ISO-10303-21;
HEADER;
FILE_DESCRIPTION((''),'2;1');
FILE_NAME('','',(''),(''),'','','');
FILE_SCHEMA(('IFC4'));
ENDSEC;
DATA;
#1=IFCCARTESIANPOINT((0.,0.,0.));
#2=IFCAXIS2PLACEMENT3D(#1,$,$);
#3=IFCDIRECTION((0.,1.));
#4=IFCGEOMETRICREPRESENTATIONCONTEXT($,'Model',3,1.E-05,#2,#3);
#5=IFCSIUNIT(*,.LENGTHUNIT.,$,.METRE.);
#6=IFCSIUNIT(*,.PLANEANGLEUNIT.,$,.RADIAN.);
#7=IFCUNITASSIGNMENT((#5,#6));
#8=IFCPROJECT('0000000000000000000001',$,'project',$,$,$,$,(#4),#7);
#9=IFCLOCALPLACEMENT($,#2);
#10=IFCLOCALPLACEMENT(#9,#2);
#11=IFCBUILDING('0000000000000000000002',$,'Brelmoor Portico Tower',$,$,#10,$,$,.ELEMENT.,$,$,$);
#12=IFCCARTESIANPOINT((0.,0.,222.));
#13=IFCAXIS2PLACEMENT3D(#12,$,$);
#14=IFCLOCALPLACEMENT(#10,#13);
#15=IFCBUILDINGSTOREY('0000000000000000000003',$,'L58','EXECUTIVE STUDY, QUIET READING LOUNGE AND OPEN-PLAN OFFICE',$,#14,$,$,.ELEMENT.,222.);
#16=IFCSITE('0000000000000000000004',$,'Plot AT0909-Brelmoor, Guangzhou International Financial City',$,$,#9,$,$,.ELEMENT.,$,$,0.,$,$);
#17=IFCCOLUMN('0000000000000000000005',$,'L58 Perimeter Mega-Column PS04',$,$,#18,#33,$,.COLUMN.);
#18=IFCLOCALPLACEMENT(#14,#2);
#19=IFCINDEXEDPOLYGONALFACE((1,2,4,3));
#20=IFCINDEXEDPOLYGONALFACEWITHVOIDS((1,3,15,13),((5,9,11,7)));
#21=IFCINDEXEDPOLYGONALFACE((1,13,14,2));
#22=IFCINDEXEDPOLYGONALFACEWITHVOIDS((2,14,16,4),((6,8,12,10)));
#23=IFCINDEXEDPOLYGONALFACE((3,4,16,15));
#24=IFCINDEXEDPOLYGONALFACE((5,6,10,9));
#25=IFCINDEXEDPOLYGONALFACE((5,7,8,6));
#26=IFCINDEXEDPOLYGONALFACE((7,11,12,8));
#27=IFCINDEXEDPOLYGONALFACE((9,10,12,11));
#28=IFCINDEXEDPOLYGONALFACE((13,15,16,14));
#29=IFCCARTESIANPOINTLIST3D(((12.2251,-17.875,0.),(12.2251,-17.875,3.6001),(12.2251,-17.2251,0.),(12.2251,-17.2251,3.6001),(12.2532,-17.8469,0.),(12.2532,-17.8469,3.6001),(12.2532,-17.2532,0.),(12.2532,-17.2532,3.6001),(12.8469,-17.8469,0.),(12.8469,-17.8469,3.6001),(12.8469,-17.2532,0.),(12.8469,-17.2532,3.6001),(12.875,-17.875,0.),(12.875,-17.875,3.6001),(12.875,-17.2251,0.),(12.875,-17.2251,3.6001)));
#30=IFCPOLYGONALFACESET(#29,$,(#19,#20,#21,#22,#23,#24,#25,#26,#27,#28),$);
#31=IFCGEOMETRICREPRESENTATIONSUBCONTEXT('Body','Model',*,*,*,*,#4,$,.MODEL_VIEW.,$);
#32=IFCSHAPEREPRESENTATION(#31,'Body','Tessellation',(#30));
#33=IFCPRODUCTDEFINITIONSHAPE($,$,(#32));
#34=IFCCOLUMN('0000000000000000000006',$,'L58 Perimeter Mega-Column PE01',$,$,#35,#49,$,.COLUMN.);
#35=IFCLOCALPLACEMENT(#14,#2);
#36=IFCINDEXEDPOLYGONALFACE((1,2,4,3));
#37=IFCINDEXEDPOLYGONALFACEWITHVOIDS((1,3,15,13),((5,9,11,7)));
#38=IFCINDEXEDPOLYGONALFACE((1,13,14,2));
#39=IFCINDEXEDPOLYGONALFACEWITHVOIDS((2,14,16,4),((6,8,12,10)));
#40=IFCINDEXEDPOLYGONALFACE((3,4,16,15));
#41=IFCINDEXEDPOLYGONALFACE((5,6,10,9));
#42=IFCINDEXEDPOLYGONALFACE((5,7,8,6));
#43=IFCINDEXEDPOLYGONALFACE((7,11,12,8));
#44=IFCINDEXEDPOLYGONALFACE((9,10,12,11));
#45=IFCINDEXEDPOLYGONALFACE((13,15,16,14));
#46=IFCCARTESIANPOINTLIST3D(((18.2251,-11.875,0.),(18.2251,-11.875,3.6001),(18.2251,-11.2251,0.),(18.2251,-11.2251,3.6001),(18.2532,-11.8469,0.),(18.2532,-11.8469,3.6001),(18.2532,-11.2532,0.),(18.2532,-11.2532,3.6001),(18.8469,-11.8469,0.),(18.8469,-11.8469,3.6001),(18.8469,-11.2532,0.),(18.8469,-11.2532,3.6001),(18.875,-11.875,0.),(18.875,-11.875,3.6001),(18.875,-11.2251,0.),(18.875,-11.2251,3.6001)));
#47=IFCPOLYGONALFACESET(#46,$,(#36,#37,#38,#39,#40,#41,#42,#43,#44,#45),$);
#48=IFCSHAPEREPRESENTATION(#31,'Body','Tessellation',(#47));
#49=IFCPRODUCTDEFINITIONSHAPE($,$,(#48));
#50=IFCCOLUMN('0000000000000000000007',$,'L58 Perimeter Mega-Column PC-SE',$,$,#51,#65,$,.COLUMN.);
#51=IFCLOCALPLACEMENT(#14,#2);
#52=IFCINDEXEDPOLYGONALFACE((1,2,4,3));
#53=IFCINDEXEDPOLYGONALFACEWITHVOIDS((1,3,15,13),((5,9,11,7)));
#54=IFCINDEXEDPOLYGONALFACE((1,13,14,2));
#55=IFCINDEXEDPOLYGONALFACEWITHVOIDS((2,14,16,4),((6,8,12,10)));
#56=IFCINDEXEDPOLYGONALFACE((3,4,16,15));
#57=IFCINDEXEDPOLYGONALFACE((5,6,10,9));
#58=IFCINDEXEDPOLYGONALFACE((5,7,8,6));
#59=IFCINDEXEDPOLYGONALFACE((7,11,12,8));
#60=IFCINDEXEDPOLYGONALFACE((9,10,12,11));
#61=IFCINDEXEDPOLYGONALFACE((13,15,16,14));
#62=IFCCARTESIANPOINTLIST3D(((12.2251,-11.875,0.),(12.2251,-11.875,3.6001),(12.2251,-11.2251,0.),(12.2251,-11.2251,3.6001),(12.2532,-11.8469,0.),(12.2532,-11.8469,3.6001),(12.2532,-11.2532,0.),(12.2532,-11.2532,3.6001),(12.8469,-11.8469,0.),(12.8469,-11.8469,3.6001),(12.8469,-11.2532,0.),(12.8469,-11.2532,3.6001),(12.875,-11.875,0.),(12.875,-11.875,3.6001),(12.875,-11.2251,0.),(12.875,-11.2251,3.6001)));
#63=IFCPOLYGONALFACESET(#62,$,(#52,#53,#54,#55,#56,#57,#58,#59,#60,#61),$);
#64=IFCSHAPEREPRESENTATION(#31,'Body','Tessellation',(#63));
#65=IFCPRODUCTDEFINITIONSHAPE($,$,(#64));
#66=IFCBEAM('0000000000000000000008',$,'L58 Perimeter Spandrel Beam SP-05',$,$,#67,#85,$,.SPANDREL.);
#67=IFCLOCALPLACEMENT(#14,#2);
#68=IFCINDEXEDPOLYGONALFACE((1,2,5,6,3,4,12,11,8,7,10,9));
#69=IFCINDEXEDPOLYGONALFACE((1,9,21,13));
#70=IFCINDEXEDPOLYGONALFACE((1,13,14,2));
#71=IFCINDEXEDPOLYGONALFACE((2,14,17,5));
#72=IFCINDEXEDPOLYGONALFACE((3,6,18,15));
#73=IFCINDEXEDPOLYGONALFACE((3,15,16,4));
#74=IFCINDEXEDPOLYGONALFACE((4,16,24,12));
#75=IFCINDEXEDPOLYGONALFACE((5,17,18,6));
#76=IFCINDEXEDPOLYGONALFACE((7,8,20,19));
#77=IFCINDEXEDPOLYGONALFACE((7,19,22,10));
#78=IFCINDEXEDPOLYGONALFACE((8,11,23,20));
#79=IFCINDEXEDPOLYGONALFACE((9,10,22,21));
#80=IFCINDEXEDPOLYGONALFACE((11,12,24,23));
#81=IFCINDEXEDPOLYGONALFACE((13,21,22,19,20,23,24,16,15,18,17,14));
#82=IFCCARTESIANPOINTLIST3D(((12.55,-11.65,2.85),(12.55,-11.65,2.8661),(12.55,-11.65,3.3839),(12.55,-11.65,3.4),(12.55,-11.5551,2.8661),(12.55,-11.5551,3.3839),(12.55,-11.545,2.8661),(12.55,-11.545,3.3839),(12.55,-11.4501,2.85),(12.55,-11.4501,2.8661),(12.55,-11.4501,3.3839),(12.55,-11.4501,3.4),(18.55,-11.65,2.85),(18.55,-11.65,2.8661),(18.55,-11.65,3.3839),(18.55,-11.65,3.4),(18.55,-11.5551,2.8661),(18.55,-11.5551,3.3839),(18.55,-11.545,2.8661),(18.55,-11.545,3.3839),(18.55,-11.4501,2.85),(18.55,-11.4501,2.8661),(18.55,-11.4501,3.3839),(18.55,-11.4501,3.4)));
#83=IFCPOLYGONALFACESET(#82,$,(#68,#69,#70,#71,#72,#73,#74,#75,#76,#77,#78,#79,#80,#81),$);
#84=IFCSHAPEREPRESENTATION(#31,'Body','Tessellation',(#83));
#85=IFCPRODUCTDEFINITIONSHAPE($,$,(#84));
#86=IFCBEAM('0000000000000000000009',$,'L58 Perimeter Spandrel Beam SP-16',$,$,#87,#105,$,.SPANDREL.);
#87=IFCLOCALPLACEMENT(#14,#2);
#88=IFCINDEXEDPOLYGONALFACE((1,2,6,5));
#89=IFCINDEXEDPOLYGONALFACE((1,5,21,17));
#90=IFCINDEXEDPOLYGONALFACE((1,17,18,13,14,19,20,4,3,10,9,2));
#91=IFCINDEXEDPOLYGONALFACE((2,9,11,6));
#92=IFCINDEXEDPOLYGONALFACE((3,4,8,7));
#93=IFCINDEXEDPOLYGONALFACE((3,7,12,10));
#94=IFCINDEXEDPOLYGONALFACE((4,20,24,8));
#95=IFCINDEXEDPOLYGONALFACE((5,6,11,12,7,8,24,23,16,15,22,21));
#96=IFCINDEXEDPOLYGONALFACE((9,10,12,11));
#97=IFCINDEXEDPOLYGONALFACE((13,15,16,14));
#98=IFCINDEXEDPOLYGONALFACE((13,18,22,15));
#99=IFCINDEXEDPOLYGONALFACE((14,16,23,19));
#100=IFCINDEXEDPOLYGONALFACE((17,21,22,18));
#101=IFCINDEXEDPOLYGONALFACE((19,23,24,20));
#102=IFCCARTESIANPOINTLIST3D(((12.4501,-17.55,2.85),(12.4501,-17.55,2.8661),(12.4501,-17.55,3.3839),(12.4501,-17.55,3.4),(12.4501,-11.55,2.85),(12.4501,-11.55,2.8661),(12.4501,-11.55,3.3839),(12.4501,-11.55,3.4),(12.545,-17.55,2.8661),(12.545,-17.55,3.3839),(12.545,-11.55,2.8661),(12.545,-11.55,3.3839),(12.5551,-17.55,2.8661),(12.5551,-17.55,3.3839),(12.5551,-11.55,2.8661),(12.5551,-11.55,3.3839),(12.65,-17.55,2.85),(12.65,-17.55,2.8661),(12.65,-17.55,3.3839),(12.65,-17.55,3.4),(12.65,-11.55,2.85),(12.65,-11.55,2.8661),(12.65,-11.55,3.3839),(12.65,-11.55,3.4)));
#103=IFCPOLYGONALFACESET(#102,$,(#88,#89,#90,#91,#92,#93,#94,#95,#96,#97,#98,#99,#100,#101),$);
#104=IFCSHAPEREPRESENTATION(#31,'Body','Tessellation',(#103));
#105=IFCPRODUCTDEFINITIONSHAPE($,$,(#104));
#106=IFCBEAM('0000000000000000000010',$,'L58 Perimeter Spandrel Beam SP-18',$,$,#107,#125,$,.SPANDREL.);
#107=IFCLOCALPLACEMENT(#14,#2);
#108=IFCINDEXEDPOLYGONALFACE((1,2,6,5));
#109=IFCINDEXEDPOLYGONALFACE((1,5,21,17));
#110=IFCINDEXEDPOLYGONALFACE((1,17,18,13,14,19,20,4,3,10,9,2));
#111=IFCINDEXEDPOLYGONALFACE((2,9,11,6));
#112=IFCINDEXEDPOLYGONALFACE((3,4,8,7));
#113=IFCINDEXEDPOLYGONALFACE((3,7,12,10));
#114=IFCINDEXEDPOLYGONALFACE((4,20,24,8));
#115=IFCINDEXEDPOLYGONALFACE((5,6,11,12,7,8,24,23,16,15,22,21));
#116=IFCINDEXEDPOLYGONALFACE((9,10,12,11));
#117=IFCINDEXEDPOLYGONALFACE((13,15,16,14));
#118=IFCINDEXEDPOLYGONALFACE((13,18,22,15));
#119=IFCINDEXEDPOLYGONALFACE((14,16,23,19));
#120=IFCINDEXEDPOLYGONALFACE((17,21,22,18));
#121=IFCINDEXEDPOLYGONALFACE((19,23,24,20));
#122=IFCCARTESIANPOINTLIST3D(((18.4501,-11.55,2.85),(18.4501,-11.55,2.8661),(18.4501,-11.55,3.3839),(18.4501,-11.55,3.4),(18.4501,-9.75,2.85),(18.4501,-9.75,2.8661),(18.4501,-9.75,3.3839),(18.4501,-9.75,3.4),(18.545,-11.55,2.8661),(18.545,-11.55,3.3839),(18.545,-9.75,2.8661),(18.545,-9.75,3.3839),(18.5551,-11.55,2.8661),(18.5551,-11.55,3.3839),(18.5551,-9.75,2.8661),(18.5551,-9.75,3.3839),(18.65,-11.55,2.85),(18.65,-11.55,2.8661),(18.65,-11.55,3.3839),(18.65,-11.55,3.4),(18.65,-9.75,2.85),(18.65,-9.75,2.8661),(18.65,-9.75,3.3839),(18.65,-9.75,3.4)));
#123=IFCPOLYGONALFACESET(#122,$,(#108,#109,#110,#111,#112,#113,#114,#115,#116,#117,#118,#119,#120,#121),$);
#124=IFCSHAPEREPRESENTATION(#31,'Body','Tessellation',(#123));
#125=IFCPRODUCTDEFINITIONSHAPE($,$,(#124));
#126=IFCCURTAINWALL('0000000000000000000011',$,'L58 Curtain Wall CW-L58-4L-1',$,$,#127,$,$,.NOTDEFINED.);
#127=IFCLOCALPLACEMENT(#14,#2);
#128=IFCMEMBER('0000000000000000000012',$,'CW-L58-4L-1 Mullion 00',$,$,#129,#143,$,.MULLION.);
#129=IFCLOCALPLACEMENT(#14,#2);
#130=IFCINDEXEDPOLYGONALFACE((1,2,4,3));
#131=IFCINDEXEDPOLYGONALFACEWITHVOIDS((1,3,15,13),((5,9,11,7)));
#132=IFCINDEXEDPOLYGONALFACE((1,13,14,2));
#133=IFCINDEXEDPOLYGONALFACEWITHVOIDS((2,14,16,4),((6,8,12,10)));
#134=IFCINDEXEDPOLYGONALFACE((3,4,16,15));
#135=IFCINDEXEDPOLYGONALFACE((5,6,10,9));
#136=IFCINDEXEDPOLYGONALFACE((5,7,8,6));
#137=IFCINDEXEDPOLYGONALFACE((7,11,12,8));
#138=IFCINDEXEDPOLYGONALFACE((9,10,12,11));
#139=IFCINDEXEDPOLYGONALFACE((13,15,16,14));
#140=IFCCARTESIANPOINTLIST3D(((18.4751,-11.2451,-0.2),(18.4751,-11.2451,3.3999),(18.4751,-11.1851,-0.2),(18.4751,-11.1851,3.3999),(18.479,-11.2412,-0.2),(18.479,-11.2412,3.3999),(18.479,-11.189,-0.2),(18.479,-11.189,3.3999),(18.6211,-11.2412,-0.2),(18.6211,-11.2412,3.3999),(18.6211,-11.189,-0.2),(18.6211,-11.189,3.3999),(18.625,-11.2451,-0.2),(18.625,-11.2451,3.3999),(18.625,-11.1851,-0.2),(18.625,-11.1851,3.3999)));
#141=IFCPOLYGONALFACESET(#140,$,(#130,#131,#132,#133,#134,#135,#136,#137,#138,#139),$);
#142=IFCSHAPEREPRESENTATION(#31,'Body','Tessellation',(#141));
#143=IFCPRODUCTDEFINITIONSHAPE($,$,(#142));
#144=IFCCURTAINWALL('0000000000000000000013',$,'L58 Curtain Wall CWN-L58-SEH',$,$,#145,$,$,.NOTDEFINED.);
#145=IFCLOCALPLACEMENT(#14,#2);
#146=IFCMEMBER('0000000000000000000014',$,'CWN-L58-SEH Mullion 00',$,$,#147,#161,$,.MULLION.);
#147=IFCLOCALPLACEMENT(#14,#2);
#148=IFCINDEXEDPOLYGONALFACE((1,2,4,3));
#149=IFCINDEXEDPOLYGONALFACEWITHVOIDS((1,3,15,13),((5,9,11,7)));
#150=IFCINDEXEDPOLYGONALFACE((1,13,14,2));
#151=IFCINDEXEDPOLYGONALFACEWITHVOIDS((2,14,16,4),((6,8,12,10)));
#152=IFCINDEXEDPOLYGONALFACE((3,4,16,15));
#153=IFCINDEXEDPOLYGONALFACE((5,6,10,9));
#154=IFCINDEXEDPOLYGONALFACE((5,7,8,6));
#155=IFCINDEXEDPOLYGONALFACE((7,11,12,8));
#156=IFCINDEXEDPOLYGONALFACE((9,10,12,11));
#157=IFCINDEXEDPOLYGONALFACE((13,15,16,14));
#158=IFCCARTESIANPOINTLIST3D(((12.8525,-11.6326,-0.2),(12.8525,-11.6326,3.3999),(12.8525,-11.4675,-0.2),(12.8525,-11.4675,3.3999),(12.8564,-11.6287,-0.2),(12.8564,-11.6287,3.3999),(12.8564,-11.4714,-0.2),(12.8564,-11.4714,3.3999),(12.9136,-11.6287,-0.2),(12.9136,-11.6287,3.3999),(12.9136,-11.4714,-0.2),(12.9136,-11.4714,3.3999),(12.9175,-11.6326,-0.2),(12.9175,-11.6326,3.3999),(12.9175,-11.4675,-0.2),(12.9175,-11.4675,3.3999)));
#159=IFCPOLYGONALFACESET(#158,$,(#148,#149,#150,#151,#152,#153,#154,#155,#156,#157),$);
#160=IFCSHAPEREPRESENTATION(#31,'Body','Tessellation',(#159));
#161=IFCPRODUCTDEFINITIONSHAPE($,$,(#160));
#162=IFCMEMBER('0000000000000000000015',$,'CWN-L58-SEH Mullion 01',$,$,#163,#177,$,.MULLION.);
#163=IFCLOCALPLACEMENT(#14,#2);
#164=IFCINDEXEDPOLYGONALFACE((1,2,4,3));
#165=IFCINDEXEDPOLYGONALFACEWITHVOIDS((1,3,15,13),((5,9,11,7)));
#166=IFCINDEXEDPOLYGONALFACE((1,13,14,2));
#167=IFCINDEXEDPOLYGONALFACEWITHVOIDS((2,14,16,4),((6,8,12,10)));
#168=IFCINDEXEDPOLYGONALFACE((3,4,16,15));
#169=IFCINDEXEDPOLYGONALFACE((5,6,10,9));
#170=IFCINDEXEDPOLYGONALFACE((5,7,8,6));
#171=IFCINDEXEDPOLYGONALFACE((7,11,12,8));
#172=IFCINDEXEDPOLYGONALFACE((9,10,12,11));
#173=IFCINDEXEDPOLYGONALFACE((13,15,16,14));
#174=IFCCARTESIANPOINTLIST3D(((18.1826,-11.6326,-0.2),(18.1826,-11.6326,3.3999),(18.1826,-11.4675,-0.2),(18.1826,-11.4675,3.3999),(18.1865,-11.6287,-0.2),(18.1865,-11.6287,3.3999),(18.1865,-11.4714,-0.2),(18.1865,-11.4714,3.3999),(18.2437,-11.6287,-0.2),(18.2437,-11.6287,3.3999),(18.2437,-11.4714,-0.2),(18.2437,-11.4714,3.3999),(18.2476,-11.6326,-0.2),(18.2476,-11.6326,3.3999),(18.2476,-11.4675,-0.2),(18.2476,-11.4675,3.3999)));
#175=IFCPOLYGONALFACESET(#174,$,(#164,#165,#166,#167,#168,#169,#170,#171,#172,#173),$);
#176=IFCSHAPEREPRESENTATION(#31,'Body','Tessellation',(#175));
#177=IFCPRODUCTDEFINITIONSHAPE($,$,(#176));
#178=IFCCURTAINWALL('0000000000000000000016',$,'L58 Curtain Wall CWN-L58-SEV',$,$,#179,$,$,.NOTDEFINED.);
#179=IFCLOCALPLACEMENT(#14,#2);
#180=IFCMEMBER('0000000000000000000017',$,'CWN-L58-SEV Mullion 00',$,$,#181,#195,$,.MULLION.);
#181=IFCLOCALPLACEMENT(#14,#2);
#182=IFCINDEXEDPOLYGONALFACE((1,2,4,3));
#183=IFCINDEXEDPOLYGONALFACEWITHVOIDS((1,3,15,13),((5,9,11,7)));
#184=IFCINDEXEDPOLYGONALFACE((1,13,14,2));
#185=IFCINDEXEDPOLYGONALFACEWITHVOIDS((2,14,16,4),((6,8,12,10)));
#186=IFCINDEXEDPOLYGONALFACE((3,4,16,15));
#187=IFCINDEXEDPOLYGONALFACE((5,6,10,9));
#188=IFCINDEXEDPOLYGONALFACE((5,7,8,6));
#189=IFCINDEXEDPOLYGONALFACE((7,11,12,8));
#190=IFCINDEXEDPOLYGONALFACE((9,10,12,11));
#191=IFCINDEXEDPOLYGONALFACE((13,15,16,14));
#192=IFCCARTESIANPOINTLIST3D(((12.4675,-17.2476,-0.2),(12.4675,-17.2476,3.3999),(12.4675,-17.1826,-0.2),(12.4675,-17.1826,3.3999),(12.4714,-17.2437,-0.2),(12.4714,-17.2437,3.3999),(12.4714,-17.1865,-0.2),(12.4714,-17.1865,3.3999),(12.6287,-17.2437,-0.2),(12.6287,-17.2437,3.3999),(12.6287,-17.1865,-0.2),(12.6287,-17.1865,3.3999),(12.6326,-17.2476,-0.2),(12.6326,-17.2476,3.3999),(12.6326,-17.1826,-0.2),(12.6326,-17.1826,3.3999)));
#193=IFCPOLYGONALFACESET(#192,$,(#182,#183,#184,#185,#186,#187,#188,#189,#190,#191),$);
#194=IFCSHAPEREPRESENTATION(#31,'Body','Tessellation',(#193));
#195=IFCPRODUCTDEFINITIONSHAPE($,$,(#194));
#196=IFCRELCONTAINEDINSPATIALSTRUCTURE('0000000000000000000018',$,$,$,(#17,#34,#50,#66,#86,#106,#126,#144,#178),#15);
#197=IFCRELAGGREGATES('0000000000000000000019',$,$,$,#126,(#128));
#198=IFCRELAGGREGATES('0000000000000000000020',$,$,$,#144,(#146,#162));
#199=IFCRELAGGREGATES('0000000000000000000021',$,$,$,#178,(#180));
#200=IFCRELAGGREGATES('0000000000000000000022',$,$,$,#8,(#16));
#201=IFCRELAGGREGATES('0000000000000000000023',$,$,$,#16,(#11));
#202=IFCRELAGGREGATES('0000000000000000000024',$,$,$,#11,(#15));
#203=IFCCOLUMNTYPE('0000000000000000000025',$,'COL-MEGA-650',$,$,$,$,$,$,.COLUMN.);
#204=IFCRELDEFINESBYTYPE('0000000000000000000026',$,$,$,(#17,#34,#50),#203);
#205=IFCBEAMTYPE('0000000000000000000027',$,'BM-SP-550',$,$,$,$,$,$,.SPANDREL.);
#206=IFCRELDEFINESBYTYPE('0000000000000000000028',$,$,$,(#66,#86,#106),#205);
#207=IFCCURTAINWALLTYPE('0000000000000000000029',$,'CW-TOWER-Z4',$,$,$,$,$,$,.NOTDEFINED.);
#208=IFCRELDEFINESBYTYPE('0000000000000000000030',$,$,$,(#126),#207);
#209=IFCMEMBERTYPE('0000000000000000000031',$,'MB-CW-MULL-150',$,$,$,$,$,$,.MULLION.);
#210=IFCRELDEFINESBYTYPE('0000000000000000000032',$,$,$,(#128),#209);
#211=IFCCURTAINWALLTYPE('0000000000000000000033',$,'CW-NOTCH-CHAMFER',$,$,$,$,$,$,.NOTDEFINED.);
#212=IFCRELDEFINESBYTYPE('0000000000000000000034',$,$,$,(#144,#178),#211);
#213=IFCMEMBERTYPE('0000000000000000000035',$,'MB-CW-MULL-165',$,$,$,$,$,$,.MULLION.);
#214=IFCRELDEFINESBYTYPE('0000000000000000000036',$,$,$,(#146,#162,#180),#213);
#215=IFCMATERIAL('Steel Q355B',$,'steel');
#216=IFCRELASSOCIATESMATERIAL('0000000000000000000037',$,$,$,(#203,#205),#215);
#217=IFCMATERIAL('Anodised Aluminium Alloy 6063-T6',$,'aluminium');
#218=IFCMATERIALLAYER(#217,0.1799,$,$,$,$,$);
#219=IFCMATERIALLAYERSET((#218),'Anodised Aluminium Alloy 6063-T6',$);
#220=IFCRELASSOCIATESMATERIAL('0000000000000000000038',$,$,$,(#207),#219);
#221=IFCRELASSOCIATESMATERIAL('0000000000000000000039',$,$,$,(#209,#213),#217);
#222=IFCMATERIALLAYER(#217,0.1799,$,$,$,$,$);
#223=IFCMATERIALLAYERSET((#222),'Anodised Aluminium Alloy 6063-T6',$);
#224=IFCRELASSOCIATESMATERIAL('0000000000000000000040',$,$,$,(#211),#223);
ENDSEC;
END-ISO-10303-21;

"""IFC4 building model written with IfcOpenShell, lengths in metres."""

from ifc_helpers import new_model, si_unit, direction, frame, origin, origin_2d, place, context, subcontext, project, spatial, hollow_rectangle, i_section, extrude, material, layer, layer_set, material_profile, profile_set, type_object, element, aggregate, save


model = new_model("IFC4")

# Units and contexts
model_context = context("Model", 3, precision=1e-05, world=origin(), true_north=direction((0.0, 1.0)))
body_context = subcontext(model_context, "Body", "Model", "MODEL_VIEW")
ifc_project = project(units=[si_unit("LENGTHUNIT", "METRE"), si_unit("PLANEANGLEUNIT", "RADIAN")], contexts=[model_context])

# Site, building, storey
site_placement = place(None, origin())
site = spatial("IfcSite", under=ifc_project, at=site_placement, Name="Plot AT0909-Brelmoor, Guangzhou International Financial City", CompositionType="ELEMENT", RefElevation=0.0)
building_placement = place(site_placement, origin())
building = spatial("IfcBuilding", under=site, at=building_placement, Name="Brelmoor Portico Tower", CompositionType="ELEMENT")
storey_placement = place(building_placement, frame((0.0, 0.0, 222.0)))
storey = spatial("IfcBuildingStorey", under=building, at=storey_placement, Name="L58", Description="EXECUTIVE STUDY, QUIET READING LOUNGE AND OPEN-PLAN OFFICE", CompositionType="ELEMENT", Elevation=222.0)

# Columns
ifc_material_1 = material(Name="Steel Q355B", Category="steel")
ifc_material_profile_1 = material_profile(ifc_material_1, hollow_rectangle(XDim=0.6499, YDim=0.6499, WallThickness=0.0281, at=origin_2d()), Name="BOX 650x650x28")
ifc_profile_set_1 = profile_set([ifc_material_profile_1], Name="Steel Q355B")
column_type = type_object("IfcColumnType", Name="COL-MEGA-650", PredefinedType="COLUMN", material=ifc_profile_set_1)
for number, where, z_axis, x_axis, name in (
    (1, (12.55, -17.55, 0.0), (0.0, 0.0, 1.0), (1.0, 0.0, 0.0), "L58 Perimeter Mega-Column PS04"),
    (2, (18.55, -11.55, 0.0), (0.0, 0.0, 1.0), (0.0, 1.0, 0.0), "L58 Perimeter Mega-Column PE01"),
    (3, (12.55, -11.55, 0.0), (0.0, 0.0, 1.0), (1.0, 0.0, 0.0), "L58 Perimeter Mega-Column PC-SE"),
):
    element("IfcColumn", number, at=place(storey_placement, frame(where, z_axis=z_axis, x_axis=x_axis)), inside=storey, type_object=column_type, Name=name, PredefinedType="COLUMN", context=body_context, shape_type="SweptSolid", body=[
        extrude(hollow_rectangle(XDim=0.6499, YDim=0.6499, WallThickness=0.0281, at=origin_2d()), origin(), (0.0, 0.0, 1.0), 3.6001),
    ])

# Beams
ifc_material_profile_2 = material_profile(ifc_material_1, i_section(OverallWidth=0.2, OverallDepth=0.55, WebThickness=0.01, FlangeThickness=0.0161, at=origin_2d()), Name="HN 550x200x10x16")
ifc_profile_set_2 = profile_set([ifc_material_profile_2], Name="Steel Q355B")
beam_type = type_object("IfcBeamType", Name="BM-SP-550", PredefinedType="SPANDREL", material=ifc_profile_set_2)
for number, where, z_axis, x_axis, name in (
    (4, (12.55, -11.55, 3.125), (1.0, 0.0, 0.0), (0.0, 1.0, 0.0), "L58 Perimeter Spandrel Beam SP-05"),
    (5, (12.55, -17.55, 3.125), (0.0, 1.0, 0.0), (-1.0, 0.0, 0.0), "L58 Perimeter Spandrel Beam SP-16"),
):
    element("IfcBeam", number, at=place(storey_placement, frame(where, z_axis=z_axis, x_axis=x_axis)), inside=storey, type_object=beam_type, Name=name, PredefinedType="SPANDREL", context=body_context, shape_type="SweptSolid", body=[
        extrude(i_section(OverallWidth=0.2, OverallDepth=0.55, WebThickness=0.01, FlangeThickness=0.0161, at=origin_2d()), origin(), (0.0, 0.0, 1.0), 6.0),
    ])
beam_placement = place(storey_placement, frame((18.55, -11.55, 3.125), z_axis=(0.0, 1.0, 0.0), x_axis=(-1.0, 0.0, 0.0)))
element("IfcBeam", 6, at=beam_placement, inside=storey, type_object=beam_type, Name="L58 Perimeter Spandrel Beam SP-18", PredefinedType="SPANDREL", context=body_context, shape_type="SweptSolid", body=[
    extrude(i_section(OverallWidth=0.2, OverallDepth=0.55, WebThickness=0.01, FlangeThickness=0.0161, at=origin_2d()), origin(), (0.0, 0.0, 1.0), 1.8),
])

# Curtain wall, member
ifc_material_2 = material(Name="Anodised Aluminium Alloy 6063-T6", Category="aluminium")
ifc_layer_1 = layer(ifc_material_2, 0.1799)
ifc_layer_set_1 = layer_set([ifc_layer_1], Name="Anodised Aluminium Alloy 6063-T6")
curtain_wall_type_1 = type_object("IfcCurtainWallType", Name="CW-TOWER-Z4", PredefinedType="NOTDEFINED", material=ifc_layer_set_1)
curtain_wall_1_placement = place(storey_placement, origin())
curtain_wall_1 = element("IfcCurtainWall", 7, at=curtain_wall_1_placement, inside=storey, type_object=curtain_wall_type_1, Name="L58 Curtain Wall CW-L58-4L-1", PredefinedType="NOTDEFINED")
ifc_material_profile_3 = material_profile(ifc_material_2, hollow_rectangle(XDim=0.0601, YDim=0.1499, WallThickness=0.0039, at=origin_2d()), Name="ALU MULLION 60x150")
ifc_profile_set_3 = profile_set([ifc_material_profile_3], Name="Anodised Aluminium Alloy 6063-T6")
member_type_1 = type_object("IfcMemberType", Name="MB-CW-MULL-150", PredefinedType="MULLION", material=ifc_profile_set_3)
member_1_placement = place(storey_placement, frame((18.55, -11.2151, -0.2), z_axis=(0.0, 0.0, 1.0), x_axis=(0.0, 1.0, 0.0)))
member_1 = element("IfcMember", 8, at=member_1_placement, type_object=member_type_1, Name="CW-L58-4L-1 Mullion 00", PredefinedType="MULLION", context=body_context, shape_type="SweptSolid", body=[
    extrude(hollow_rectangle(XDim=0.0601, YDim=0.1499, WallThickness=0.0039, at=origin_2d()), origin(), (0.0, 0.0, 1.0), 3.5999),
])

# Curtain walls, members
ifc_layer_2 = layer(ifc_material_2, 0.1799)
ifc_layer_set_2 = layer_set([ifc_layer_2], Name="Anodised Aluminium Alloy 6063-T6")
curtain_wall_type_2 = type_object("IfcCurtainWallType", Name="CW-NOTCH-CHAMFER", PredefinedType="NOTDEFINED", material=ifc_layer_set_2)
curtain_wall_2_placement = place(storey_placement, origin())
curtain_wall_2 = element("IfcCurtainWall", 9, at=curtain_wall_2_placement, inside=storey, type_object=curtain_wall_type_2, Name="L58 Curtain Wall CWN-L58-SEH", PredefinedType="NOTDEFINED")
ifc_material_profile_4 = material_profile(ifc_material_2, hollow_rectangle(XDim=0.0649, YDim=0.165, WallThickness=0.0039, at=origin_2d()), Name="ALU MULLION 65x165")
ifc_profile_set_4 = profile_set([ifc_material_profile_4], Name="Anodised Aluminium Alloy 6063-T6")
member_type_2 = type_object("IfcMemberType", Name="MB-CW-MULL-165", PredefinedType="MULLION", material=ifc_profile_set_4)
member_2_placement = place(storey_placement, frame((12.885, -11.55, -0.2), z_axis=(0.0, 0.0, 1.0), x_axis=(1.0, 0.0, 0.0)))
member_2 = element("IfcMember", 10, at=member_2_placement, type_object=member_type_2, Name="CWN-L58-SEH Mullion 00", PredefinedType="MULLION", context=body_context, shape_type="SweptSolid", body=[
    extrude(hollow_rectangle(XDim=0.0649, YDim=0.165, WallThickness=0.0039, at=origin_2d()), origin(), (0.0, 0.0, 1.0), 3.5999),
])
member_3_placement = place(storey_placement, frame((18.2151, -11.55, -0.2), z_axis=(0.0, 0.0, 1.0), x_axis=(1.0, 0.0, 0.0)))
member_3 = element("IfcMember", 11, at=member_3_placement, type_object=member_type_2, Name="CWN-L58-SEH Mullion 01", PredefinedType="MULLION", context=body_context, shape_type="SweptSolid", body=[
    extrude(hollow_rectangle(XDim=0.0649, YDim=0.165, WallThickness=0.0039, at=origin_2d()), origin(), (0.0, 0.0, 1.0), 3.5999),
])
curtain_wall_3_placement = place(storey_placement, origin())
curtain_wall_3 = element("IfcCurtainWall", 12, at=curtain_wall_3_placement, inside=storey, type_object=curtain_wall_type_2, Name="L58 Curtain Wall CWN-L58-SEV", PredefinedType="NOTDEFINED")
member_4_placement = place(storey_placement, frame((12.55, -17.2151, -0.2), z_axis=(0.0, 0.0, 1.0), x_axis=(0.0, 1.0, 0.0)))
member_4 = element("IfcMember", 13, at=member_4_placement, type_object=member_type_2, Name="CWN-L58-SEV Mullion 00", PredefinedType="MULLION", context=body_context, shape_type="SweptSolid", body=[
    extrude(hollow_rectangle(XDim=0.0649, YDim=0.165, WallThickness=0.0039, at=origin_2d()), origin(), (0.0, 0.0, 1.0), 3.5999),
])

aggregate(curtain_wall_1, [member_1])
aggregate(curtain_wall_2, [member_2, member_3])
aggregate(curtain_wall_3, [member_4])

save(model, "model.ifc")
